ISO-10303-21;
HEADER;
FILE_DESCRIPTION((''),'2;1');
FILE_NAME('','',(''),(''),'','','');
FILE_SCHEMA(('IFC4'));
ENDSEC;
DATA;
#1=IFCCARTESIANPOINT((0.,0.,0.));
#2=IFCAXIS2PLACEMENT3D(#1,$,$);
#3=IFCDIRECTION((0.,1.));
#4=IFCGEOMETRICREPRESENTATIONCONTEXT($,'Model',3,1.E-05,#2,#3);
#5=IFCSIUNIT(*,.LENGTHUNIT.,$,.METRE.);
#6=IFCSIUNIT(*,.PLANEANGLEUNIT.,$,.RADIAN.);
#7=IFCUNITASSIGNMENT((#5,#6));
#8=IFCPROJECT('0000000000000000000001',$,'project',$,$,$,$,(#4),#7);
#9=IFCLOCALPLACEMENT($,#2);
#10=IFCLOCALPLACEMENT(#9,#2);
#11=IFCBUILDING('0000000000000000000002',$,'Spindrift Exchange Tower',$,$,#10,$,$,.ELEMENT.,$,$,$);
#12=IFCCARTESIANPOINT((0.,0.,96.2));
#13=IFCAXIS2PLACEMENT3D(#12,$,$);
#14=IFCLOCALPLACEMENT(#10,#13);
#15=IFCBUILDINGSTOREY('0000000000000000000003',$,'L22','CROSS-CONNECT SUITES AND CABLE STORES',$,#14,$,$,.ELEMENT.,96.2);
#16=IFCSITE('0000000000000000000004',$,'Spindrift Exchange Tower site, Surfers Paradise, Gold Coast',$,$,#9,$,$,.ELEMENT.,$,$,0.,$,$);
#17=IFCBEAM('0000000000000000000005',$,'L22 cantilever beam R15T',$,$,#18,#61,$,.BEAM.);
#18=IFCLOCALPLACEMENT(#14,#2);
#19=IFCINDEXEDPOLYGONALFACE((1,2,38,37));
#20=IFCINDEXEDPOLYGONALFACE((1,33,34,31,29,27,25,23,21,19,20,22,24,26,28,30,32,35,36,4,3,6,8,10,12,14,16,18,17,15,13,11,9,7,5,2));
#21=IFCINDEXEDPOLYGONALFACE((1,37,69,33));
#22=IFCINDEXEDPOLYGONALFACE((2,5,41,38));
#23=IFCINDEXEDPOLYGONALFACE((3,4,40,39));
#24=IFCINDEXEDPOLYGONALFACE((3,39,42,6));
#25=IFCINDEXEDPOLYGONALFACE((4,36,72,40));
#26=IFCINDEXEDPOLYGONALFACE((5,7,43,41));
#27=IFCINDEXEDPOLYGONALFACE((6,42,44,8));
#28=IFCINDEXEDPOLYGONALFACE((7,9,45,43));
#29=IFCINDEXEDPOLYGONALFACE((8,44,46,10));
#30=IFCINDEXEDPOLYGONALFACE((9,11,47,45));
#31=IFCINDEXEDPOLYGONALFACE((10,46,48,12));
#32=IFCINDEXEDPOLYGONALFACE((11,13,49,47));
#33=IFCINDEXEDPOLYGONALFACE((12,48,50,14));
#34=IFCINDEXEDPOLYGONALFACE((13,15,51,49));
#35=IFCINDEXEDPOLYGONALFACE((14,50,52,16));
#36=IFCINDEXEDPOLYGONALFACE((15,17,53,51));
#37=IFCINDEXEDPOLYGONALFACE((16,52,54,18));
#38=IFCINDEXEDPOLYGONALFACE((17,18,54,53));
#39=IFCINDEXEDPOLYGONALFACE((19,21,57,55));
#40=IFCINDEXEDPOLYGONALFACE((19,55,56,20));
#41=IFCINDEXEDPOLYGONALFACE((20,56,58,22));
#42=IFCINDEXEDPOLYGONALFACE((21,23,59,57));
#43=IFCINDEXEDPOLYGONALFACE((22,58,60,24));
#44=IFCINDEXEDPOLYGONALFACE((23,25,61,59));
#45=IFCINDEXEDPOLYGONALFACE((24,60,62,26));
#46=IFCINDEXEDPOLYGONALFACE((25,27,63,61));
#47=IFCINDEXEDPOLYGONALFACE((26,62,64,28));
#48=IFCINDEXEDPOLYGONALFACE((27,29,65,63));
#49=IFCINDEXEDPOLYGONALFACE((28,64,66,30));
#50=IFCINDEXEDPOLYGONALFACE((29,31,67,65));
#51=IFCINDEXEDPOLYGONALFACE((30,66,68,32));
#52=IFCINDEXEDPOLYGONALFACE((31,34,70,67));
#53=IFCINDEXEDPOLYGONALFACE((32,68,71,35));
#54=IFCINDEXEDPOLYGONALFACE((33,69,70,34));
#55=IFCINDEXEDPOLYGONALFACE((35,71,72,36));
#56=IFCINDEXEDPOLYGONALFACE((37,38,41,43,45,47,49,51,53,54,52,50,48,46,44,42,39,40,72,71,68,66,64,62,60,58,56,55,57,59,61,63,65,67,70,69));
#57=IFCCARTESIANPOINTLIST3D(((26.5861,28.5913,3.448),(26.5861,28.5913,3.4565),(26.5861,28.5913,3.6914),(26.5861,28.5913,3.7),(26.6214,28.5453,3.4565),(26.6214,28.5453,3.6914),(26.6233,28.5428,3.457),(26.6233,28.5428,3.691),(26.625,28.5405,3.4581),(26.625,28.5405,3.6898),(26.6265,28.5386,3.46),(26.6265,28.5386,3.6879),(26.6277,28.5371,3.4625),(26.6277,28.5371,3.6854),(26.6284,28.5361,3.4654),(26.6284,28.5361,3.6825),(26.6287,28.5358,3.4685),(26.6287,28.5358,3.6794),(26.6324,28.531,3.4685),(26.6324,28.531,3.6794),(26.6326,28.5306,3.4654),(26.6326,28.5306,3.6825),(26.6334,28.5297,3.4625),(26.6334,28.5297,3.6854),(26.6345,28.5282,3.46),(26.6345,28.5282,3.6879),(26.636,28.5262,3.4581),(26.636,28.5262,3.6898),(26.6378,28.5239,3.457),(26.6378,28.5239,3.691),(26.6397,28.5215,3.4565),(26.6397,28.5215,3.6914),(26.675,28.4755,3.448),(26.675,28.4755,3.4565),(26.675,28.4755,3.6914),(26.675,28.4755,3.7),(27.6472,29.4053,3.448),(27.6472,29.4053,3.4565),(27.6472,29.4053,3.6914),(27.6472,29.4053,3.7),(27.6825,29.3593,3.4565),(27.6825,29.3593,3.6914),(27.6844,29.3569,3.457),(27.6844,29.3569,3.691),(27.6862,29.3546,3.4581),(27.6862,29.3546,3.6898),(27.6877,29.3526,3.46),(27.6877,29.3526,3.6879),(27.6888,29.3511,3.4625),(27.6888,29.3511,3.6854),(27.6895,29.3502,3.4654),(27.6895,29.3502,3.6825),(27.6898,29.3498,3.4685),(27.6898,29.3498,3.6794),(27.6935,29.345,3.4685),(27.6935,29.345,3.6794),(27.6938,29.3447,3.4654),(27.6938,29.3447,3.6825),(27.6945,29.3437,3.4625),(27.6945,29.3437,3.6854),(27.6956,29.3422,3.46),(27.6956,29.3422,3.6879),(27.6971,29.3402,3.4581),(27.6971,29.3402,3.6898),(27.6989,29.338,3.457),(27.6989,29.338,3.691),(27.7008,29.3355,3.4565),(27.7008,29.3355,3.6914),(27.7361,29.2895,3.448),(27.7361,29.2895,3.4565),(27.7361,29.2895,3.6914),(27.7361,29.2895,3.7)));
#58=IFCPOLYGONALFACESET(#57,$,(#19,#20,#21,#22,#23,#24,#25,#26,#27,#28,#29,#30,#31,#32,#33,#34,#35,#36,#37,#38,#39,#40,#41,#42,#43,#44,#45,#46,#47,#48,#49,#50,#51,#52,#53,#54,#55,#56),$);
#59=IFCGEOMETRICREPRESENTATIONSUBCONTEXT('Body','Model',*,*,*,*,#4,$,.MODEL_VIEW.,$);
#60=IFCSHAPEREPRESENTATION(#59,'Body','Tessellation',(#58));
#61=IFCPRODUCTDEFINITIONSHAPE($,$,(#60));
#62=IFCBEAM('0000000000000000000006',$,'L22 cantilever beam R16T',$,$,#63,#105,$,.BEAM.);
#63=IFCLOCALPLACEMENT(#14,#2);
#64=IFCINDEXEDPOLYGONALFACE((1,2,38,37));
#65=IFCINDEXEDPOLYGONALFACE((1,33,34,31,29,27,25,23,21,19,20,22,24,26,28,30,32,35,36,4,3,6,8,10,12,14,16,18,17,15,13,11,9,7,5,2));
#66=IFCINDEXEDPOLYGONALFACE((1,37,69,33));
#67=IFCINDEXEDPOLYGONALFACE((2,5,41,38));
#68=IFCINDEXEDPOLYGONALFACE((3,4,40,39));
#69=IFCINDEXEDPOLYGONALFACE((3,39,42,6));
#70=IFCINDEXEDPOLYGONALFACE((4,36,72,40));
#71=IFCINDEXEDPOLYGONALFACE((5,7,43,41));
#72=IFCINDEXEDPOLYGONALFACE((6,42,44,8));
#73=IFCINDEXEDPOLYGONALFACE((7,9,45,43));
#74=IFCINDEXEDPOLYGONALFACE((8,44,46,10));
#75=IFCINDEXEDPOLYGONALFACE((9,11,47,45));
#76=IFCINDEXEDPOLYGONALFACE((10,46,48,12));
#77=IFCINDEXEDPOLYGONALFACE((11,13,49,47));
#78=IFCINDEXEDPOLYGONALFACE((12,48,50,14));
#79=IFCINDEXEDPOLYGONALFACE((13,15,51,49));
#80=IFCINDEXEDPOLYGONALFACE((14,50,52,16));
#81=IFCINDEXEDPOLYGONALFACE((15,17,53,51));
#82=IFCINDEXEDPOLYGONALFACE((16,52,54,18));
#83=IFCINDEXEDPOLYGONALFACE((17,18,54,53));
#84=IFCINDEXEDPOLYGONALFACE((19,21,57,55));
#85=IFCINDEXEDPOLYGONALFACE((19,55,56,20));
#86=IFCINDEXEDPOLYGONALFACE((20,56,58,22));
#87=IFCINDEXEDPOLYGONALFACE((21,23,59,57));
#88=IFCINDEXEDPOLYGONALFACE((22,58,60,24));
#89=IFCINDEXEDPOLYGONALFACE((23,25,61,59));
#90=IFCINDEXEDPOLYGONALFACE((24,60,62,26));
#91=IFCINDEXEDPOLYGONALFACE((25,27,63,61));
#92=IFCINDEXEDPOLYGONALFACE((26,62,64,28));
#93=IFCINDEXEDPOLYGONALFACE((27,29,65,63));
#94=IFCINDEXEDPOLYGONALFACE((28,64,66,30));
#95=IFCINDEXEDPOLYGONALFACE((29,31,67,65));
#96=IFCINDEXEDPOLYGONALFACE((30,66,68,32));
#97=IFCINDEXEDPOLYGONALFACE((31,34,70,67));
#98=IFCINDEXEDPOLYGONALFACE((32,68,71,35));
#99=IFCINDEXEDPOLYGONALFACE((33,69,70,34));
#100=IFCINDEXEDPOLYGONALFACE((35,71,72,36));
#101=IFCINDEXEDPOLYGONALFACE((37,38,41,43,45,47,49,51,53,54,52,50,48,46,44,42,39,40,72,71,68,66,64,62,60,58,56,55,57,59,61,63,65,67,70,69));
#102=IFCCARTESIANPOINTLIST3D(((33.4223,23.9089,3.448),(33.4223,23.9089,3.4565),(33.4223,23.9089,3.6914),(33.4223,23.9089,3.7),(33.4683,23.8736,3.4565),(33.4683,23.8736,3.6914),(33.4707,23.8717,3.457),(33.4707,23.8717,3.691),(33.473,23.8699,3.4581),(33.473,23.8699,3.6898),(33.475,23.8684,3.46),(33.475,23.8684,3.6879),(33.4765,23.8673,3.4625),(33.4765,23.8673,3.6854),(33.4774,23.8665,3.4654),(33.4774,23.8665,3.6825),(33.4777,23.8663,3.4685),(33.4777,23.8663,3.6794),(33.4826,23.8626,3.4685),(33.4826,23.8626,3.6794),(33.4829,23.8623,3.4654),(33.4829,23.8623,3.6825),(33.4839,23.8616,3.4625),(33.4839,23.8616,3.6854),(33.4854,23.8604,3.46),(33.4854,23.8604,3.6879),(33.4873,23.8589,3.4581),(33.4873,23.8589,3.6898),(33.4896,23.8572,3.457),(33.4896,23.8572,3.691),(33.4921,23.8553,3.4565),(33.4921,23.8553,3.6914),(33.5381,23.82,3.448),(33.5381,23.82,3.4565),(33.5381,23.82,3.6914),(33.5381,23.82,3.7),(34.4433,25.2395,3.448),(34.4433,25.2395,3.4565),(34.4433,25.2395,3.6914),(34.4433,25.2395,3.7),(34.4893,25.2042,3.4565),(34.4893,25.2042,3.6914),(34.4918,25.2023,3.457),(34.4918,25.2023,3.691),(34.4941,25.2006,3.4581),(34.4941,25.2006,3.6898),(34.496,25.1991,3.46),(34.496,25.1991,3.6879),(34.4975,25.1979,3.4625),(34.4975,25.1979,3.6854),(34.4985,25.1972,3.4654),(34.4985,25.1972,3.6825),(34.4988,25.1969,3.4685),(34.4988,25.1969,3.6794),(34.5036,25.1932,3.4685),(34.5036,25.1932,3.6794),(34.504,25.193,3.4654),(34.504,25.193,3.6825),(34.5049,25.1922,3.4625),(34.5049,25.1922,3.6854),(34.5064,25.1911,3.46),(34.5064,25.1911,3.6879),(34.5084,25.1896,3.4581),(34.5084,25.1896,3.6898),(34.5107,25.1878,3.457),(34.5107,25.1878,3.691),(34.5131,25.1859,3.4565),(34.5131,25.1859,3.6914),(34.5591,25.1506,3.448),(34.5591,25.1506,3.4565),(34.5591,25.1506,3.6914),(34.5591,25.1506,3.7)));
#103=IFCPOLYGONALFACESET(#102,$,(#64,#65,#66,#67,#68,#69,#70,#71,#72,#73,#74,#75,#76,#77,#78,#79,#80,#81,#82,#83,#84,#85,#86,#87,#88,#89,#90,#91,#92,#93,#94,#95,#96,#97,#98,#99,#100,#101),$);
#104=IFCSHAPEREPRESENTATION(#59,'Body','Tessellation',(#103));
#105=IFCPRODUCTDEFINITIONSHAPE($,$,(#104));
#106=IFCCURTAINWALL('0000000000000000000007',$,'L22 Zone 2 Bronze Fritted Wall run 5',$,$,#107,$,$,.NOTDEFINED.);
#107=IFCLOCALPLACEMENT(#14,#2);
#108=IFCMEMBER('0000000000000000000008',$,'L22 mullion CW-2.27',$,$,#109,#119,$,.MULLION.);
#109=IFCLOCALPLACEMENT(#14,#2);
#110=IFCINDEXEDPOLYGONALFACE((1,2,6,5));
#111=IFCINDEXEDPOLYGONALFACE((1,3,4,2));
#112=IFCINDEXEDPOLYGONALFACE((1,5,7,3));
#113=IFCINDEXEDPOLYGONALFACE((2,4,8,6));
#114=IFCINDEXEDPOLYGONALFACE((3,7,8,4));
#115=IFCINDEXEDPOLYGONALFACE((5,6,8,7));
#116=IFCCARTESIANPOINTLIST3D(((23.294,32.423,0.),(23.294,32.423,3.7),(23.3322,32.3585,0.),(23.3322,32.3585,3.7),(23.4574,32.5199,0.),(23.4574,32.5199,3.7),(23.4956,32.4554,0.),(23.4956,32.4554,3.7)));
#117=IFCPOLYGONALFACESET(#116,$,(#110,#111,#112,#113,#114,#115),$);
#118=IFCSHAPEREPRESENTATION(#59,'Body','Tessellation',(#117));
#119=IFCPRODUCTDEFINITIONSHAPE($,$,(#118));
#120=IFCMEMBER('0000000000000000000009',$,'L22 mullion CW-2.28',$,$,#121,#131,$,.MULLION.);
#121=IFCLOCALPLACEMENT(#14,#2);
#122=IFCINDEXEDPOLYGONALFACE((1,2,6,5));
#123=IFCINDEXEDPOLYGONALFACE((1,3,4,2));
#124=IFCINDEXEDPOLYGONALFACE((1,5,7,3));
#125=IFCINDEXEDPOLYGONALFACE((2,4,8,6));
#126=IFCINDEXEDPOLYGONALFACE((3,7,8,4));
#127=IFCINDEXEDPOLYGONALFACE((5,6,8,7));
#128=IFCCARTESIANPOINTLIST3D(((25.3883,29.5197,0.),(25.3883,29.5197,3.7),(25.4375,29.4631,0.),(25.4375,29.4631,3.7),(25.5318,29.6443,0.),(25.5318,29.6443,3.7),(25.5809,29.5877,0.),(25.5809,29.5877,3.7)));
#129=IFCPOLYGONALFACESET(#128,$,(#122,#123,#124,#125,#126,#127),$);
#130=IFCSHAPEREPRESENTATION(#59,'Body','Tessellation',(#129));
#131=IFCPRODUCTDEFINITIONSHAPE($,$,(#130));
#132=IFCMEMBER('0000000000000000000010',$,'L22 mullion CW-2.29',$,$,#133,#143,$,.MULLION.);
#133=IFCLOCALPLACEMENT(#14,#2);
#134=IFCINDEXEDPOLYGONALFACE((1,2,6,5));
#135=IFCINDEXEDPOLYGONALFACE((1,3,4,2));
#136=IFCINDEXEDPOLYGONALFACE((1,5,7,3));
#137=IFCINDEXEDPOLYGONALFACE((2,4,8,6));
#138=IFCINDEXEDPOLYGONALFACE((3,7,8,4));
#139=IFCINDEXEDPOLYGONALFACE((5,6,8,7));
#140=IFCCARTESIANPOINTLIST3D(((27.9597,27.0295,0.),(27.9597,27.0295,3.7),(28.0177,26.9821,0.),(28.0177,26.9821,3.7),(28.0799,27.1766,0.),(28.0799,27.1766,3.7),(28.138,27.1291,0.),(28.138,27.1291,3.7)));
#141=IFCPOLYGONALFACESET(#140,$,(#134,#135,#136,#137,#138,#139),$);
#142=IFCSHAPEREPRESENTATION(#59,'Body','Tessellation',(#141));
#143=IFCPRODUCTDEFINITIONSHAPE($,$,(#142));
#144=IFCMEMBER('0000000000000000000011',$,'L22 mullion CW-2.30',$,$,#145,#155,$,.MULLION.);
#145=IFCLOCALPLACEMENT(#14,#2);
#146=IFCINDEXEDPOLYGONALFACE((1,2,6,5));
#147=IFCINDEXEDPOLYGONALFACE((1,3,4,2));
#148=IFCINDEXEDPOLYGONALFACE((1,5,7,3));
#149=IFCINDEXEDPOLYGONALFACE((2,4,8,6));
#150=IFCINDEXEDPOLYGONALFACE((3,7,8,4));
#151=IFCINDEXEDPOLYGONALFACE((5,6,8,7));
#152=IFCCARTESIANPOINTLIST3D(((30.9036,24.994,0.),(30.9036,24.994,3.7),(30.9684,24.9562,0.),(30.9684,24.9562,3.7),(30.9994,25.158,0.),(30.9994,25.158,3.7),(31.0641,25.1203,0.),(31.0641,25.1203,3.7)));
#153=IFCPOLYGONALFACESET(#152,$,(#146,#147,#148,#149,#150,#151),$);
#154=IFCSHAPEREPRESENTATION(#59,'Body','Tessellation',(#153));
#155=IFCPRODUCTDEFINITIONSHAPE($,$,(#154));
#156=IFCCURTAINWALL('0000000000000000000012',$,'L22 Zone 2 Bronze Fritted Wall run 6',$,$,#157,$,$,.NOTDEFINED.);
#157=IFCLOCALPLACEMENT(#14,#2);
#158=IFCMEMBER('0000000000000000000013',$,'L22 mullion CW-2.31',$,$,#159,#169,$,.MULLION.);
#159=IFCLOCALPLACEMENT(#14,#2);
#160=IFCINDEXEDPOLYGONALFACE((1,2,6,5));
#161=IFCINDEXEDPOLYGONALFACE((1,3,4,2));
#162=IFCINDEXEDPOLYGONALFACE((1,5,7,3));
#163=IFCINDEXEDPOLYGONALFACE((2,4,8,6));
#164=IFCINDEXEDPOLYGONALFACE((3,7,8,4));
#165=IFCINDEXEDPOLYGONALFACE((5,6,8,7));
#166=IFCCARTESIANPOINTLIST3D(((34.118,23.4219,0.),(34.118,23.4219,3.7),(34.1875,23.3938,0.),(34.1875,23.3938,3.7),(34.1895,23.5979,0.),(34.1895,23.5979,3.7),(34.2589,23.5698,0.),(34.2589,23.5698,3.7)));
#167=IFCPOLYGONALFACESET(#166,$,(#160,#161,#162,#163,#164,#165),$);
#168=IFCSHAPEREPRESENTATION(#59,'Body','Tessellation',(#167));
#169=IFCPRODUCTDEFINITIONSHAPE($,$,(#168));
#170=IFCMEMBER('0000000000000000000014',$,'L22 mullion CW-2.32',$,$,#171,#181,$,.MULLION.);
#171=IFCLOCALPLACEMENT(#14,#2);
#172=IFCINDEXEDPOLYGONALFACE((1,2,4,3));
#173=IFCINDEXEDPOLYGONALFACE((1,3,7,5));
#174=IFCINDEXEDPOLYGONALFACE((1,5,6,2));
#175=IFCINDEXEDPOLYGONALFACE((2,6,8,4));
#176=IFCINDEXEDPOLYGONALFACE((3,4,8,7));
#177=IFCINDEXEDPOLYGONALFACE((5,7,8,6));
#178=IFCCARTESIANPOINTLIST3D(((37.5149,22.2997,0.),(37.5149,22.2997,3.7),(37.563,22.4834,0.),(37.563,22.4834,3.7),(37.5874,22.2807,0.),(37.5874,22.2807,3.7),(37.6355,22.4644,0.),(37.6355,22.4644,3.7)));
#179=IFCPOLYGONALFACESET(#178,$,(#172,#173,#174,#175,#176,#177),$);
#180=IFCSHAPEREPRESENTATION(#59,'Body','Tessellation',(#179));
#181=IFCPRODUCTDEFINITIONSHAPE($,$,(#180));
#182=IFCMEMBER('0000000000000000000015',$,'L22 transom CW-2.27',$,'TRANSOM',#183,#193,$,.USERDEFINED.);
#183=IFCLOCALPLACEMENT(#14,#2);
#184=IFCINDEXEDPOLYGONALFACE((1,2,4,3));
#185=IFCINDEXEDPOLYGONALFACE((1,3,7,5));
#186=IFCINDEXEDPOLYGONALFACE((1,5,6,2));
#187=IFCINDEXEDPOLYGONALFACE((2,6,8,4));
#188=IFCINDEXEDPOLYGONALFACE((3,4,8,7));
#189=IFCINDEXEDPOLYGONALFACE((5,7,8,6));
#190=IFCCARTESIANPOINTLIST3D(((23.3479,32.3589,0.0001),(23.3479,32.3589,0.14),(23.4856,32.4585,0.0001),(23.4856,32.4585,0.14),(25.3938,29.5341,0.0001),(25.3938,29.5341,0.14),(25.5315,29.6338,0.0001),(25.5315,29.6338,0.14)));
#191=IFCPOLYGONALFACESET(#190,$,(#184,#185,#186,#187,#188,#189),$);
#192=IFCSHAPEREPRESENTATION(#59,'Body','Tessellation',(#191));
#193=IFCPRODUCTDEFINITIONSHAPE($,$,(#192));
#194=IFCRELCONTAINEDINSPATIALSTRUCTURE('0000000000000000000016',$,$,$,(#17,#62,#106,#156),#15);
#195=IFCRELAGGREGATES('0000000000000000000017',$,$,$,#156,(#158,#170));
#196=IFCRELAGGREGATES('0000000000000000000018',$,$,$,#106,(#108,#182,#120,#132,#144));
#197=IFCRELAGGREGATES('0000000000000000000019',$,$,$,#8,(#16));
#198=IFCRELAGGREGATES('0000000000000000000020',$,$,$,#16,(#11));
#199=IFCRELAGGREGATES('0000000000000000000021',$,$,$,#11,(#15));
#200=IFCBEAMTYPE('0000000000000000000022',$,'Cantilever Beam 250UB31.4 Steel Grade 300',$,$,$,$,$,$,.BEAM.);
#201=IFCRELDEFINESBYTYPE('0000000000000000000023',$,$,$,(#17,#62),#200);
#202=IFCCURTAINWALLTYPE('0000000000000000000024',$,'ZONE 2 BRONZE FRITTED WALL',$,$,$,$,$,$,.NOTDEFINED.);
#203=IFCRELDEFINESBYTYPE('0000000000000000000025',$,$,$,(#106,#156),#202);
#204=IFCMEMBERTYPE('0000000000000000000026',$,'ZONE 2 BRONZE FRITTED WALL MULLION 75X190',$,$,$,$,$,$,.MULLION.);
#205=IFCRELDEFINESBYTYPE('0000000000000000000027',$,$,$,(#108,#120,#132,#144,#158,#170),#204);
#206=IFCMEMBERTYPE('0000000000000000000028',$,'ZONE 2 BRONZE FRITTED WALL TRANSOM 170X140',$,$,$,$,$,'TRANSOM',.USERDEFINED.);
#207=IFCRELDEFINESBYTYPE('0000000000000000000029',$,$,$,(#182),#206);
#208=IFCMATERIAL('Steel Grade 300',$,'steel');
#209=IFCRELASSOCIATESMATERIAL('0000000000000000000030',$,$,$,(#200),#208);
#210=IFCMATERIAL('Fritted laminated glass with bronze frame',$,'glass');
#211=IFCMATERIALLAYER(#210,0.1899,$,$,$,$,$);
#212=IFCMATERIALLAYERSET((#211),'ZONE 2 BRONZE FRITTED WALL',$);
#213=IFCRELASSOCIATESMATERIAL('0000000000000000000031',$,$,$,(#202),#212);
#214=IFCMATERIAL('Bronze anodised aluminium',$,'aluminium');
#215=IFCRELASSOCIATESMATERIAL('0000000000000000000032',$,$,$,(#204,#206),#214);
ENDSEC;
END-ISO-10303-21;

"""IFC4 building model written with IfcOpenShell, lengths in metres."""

from ifc_helpers import new_model, si_unit, direction, frame, origin, origin_2d, place, context, subcontext, project, spatial, rectangle, i_section, extrude, source, transform, mapped, material, layer, layer_set, material_profile, profile_set, type_object, element, aggregate, save


model = new_model("IFC4")

# Units and contexts
model_context = context("Model", 3, precision=1e-05, world=origin(), true_north=direction((0.0, 1.0)))
body_context = subcontext(model_context, "Body", "Model", "MODEL_VIEW")
ifc_project = project(units=[si_unit("LENGTHUNIT", "METRE"), si_unit("PLANEANGLEUNIT", "RADIAN")], contexts=[model_context])

# Site, building, storey
site_placement = place(None, origin())
site = spatial("IfcSite", under=ifc_project, at=site_placement, Name="Spindrift Exchange Tower site, Surfers Paradise, Gold Coast", CompositionType="ELEMENT", RefElevation=0.0)
building_placement = place(site_placement, origin())
building = spatial("IfcBuilding", under=site, at=building_placement, Name="Spindrift Exchange Tower", CompositionType="ELEMENT")
storey_placement = place(building_placement, frame((0.0, 0.0, 96.2)))
storey = spatial("IfcBuildingStorey", under=building, at=storey_placement, Name="L22", Description="CROSS-CONNECT SUITES AND CABLE STORES", CompositionType="ELEMENT", Elevation=96.2)

# Beams
ifc_material_1 = material(Name="Steel Grade 300", Category="steel")
ifc_material_profile_1 = material_profile(ifc_material_1, i_section(OverallWidth=0.146, OverallDepth=0.252, WebThickness=0.0061, FlangeThickness=0.0085, FilletRadius=0.012, at=origin_2d()), Name="250UB31.4")
ifc_profile_set_1 = profile_set([ifc_material_profile_1], Name="Steel Grade 300")
beam_type_1 = type_object("IfcBeamType", Name="Cantilever Beam 250UB31.4 Steel Grade 300", PredefinedType="BEAM", material=ifc_profile_set_1)
shared_shape_1 = source(origin(), body_context, "Body", "SweptSolid", [
    extrude(i_section(OverallWidth=0.146, OverallDepth=0.252, WebThickness=0.0061, FlangeThickness=0.0085, FilletRadius=0.012, at=origin_2d()), origin(), (0.0, 0.0, 1.0), 1.3374),
])
beam_1_placement = place(storey_placement, frame((27.6917, 29.3474, 3.574), z_axis=(-0.793424, -0.608669, 0.0), x_axis=(0.608669, -0.793424, 0.0)))
element("IfcBeam", 1, at=beam_1_placement, inside=storey, type_object=beam_type_1, Name="L22 cantilever beam R15T", PredefinedType="BEAM", context=body_context, shape_type="MappedRepresentation", body=[
    mapped(shared_shape_1, transform((0.0, 0.0, 0.0), scale=1.0)),
])
shared_shape_2 = source(origin(), body_context, "Body", "SweptSolid", [
    extrude(i_section(OverallWidth=0.146, OverallDepth=0.252, WebThickness=0.0061, FlangeThickness=0.0085, FilletRadius=0.012, at=origin_2d()), origin(), (0.0, 0.0, 1.0), 1.6772),
])
beam_2_placement = place(storey_placement, frame((34.5012, 25.1951, 3.574), z_axis=(-0.608768, -0.793349, 0.0), x_axis=(0.793349, -0.608768, 0.0)))
element("IfcBeam", 2, at=beam_2_placement, inside=storey, type_object=beam_type_1, Name="L22 cantilever beam R16T", PredefinedType="BEAM", context=body_context, shape_type="MappedRepresentation", body=[
    mapped(shared_shape_2, transform((0.0, 0.0, 0.0), scale=1.0)),
])

# Curtain walls, members
ifc_material_2 = material(Name="Fritted laminated glass with bronze frame", Category="glass")
ifc_layer_1 = layer(ifc_material_2, 0.1899)
ifc_layer_set_1 = layer_set([ifc_layer_1], Name="ZONE 2 BRONZE FRITTED WALL")
curtain_wall_type = type_object("IfcCurtainWallType", Name="ZONE 2 BRONZE FRITTED WALL", PredefinedType="NOTDEFINED", material=ifc_layer_set_1)
curtain_wall_1_placement = place(storey_placement, origin())
curtain_wall_1 = element("IfcCurtainWall", 3, at=curtain_wall_1_placement, inside=storey, type_object=curtain_wall_type, Name="L22 Zone 2 Bronze Fritted Wall run 5", PredefinedType="NOTDEFINED")
ifc_material_3 = material(Name="Bronze anodised aluminium", Category="aluminium")
ifc_material_profile_2 = material_profile(ifc_material_3, rectangle(XDim=0.075, YDim=0.1899, at=origin_2d()), Name="ZONE 2 BRONZE FRITTED WALL MULLION 75X190")
ifc_profile_set_2 = profile_set([ifc_material_profile_2], Name="Bronze anodised aluminium")
member_type_1 = type_object("IfcMemberType", Name="ZONE 2 BRONZE FRITTED WALL MULLION 75X190", PredefinedType="MULLION", material=ifc_profile_set_2)
shared_shape_3 = source(origin(), body_context, "Body", "SweptSolid", [
    extrude(rectangle(XDim=0.075, YDim=0.1899, at=origin_2d()), origin(), (0.0, 0.0, 1.0), 3.7),
])
member_1_placement = place(storey_placement, frame((23.3948, 32.4392, 0.0), z_axis=(0.0, 0.0, 1.0), x_axis=(0.509989, -0.860181, 0.0)))
member_1 = element("IfcMember", 4, at=member_1_placement, type_object=member_type_1, Name="L22 mullion CW-2.27", PredefinedType="MULLION", context=body_context, shape_type="MappedRepresentation", body=[
    mapped(shared_shape_3, transform((0.0, 0.0, 0.0), scale=1.0)),
])
member_2_placement = place(storey_placement, frame((25.4846, 29.5537, 0.0), z_axis=(0.0, 0.0, 1.0), x_axis=(0.655653, -0.755062, 0.0)))
member_2 = element("IfcMember", 5, at=member_2_placement, type_object=member_type_1, Name="L22 mullion CW-2.28", PredefinedType="MULLION", context=body_context, shape_type="MappedRepresentation", body=[
    mapped(shared_shape_3, transform((0.0, 0.0, 0.0), scale=1.0)),
])
member_3_placement = place(storey_placement, frame((28.0488, 27.0793, 0.0), z_axis=(0.0, 0.0, 1.0), x_axis=(0.774154, -0.632997, 0.0)))
member_3 = element("IfcMember", 6, at=member_3_placement, type_object=member_type_1, Name="L22 mullion CW-2.29", PredefinedType="MULLION", context=body_context, shape_type="MappedRepresentation", body=[
    mapped(shared_shape_3, transform((0.0, 0.0, 0.0), scale=1.0)),
])
member_4_placement = place(storey_placement, frame((30.9839, 25.0571, 0.0), z_axis=(0.0, 0.0, 1.0), x_axis=(0.863649, -0.504093, 0.0)))
member_4 = element("IfcMember", 7, at=member_4_placement, type_object=member_type_1, Name="L22 mullion CW-2.30", PredefinedType="MULLION", context=body_context, shape_type="MappedRepresentation", body=[
    mapped(shared_shape_3, transform((0.0, 0.0, 0.0), scale=1.0)),
])
curtain_wall_2_placement = place(storey_placement, origin())
curtain_wall_2 = element("IfcCurtainWall", 8, at=curtain_wall_2_placement, inside=storey, type_object=curtain_wall_type, Name="L22 Zone 2 Bronze Fritted Wall run 6", PredefinedType="NOTDEFINED")
member_5_placement = place(storey_placement, frame((34.1885, 23.4958, 0.0), z_axis=(0.0, 0.0, 1.0), x_axis=(0.92659, -0.376073, 0.0)))
member_5 = element("IfcMember", 9, at=member_5_placement, type_object=member_type_1, Name="L22 mullion CW-2.31", PredefinedType="MULLION", context=body_context, shape_type="MappedRepresentation", body=[
    mapped(shared_shape_3, transform((0.0, 0.0, 0.0), scale=1.0)),
])
member_6_placement = place(storey_placement, frame((37.5752, 22.3821, 0.0), z_axis=(0.0, 0.0, 1.0), x_axis=(0.96733, -0.253519, 0.0)))
member_6 = element("IfcMember", 10, at=member_6_placement, type_object=member_type_1, Name="L22 mullion CW-2.32", PredefinedType="MULLION", context=body_context, shape_type="MappedRepresentation", body=[
    mapped(shared_shape_3, transform((0.0, 0.0, 0.0), scale=1.0)),
])

# Member
ifc_material_profile_3 = material_profile(ifc_material_3, rectangle(XDim=0.1699, YDim=0.1399, at=origin_2d()), Name="ZONE 2 BRONZE FRITTED WALL TRANSOM 170X140")
ifc_profile_set_3 = profile_set([ifc_material_profile_3], Name="Bronze anodised aluminium")
member_type_2 = type_object("IfcMemberType", Name="ZONE 2 BRONZE FRITTED WALL TRANSOM 170X140", ElementType="TRANSOM", PredefinedType="USERDEFINED", material=ifc_profile_set_3)
shared_shape_4 = source(origin(), body_context, "Body", "SweptSolid", [
    extrude(rectangle(XDim=0.1699, YDim=0.1399, at=origin_2d()), origin(), (0.0, 0.0, 1.0), 3.4878),
])
member_7_placement = place(storey_placement, frame((23.4167, 32.4087, 0.0701), z_axis=(0.586589, -0.809885, 0.0), x_axis=(0.809885, 0.586589, 0.0)))
member_7 = element("IfcMember", 11, at=member_7_placement, type_object=member_type_2, Name="L22 transom CW-2.27", ObjectType="TRANSOM", PredefinedType="USERDEFINED", context=body_context, shape_type="MappedRepresentation", body=[
    mapped(shared_shape_4, transform((0.0, 0.0, 0.0), scale=1.0)),
])

aggregate(curtain_wall_2, [member_5, member_6])
aggregate(curtain_wall_1, [member_1, member_7, member_2, member_3, member_4])

save(model, "model.ifc")
